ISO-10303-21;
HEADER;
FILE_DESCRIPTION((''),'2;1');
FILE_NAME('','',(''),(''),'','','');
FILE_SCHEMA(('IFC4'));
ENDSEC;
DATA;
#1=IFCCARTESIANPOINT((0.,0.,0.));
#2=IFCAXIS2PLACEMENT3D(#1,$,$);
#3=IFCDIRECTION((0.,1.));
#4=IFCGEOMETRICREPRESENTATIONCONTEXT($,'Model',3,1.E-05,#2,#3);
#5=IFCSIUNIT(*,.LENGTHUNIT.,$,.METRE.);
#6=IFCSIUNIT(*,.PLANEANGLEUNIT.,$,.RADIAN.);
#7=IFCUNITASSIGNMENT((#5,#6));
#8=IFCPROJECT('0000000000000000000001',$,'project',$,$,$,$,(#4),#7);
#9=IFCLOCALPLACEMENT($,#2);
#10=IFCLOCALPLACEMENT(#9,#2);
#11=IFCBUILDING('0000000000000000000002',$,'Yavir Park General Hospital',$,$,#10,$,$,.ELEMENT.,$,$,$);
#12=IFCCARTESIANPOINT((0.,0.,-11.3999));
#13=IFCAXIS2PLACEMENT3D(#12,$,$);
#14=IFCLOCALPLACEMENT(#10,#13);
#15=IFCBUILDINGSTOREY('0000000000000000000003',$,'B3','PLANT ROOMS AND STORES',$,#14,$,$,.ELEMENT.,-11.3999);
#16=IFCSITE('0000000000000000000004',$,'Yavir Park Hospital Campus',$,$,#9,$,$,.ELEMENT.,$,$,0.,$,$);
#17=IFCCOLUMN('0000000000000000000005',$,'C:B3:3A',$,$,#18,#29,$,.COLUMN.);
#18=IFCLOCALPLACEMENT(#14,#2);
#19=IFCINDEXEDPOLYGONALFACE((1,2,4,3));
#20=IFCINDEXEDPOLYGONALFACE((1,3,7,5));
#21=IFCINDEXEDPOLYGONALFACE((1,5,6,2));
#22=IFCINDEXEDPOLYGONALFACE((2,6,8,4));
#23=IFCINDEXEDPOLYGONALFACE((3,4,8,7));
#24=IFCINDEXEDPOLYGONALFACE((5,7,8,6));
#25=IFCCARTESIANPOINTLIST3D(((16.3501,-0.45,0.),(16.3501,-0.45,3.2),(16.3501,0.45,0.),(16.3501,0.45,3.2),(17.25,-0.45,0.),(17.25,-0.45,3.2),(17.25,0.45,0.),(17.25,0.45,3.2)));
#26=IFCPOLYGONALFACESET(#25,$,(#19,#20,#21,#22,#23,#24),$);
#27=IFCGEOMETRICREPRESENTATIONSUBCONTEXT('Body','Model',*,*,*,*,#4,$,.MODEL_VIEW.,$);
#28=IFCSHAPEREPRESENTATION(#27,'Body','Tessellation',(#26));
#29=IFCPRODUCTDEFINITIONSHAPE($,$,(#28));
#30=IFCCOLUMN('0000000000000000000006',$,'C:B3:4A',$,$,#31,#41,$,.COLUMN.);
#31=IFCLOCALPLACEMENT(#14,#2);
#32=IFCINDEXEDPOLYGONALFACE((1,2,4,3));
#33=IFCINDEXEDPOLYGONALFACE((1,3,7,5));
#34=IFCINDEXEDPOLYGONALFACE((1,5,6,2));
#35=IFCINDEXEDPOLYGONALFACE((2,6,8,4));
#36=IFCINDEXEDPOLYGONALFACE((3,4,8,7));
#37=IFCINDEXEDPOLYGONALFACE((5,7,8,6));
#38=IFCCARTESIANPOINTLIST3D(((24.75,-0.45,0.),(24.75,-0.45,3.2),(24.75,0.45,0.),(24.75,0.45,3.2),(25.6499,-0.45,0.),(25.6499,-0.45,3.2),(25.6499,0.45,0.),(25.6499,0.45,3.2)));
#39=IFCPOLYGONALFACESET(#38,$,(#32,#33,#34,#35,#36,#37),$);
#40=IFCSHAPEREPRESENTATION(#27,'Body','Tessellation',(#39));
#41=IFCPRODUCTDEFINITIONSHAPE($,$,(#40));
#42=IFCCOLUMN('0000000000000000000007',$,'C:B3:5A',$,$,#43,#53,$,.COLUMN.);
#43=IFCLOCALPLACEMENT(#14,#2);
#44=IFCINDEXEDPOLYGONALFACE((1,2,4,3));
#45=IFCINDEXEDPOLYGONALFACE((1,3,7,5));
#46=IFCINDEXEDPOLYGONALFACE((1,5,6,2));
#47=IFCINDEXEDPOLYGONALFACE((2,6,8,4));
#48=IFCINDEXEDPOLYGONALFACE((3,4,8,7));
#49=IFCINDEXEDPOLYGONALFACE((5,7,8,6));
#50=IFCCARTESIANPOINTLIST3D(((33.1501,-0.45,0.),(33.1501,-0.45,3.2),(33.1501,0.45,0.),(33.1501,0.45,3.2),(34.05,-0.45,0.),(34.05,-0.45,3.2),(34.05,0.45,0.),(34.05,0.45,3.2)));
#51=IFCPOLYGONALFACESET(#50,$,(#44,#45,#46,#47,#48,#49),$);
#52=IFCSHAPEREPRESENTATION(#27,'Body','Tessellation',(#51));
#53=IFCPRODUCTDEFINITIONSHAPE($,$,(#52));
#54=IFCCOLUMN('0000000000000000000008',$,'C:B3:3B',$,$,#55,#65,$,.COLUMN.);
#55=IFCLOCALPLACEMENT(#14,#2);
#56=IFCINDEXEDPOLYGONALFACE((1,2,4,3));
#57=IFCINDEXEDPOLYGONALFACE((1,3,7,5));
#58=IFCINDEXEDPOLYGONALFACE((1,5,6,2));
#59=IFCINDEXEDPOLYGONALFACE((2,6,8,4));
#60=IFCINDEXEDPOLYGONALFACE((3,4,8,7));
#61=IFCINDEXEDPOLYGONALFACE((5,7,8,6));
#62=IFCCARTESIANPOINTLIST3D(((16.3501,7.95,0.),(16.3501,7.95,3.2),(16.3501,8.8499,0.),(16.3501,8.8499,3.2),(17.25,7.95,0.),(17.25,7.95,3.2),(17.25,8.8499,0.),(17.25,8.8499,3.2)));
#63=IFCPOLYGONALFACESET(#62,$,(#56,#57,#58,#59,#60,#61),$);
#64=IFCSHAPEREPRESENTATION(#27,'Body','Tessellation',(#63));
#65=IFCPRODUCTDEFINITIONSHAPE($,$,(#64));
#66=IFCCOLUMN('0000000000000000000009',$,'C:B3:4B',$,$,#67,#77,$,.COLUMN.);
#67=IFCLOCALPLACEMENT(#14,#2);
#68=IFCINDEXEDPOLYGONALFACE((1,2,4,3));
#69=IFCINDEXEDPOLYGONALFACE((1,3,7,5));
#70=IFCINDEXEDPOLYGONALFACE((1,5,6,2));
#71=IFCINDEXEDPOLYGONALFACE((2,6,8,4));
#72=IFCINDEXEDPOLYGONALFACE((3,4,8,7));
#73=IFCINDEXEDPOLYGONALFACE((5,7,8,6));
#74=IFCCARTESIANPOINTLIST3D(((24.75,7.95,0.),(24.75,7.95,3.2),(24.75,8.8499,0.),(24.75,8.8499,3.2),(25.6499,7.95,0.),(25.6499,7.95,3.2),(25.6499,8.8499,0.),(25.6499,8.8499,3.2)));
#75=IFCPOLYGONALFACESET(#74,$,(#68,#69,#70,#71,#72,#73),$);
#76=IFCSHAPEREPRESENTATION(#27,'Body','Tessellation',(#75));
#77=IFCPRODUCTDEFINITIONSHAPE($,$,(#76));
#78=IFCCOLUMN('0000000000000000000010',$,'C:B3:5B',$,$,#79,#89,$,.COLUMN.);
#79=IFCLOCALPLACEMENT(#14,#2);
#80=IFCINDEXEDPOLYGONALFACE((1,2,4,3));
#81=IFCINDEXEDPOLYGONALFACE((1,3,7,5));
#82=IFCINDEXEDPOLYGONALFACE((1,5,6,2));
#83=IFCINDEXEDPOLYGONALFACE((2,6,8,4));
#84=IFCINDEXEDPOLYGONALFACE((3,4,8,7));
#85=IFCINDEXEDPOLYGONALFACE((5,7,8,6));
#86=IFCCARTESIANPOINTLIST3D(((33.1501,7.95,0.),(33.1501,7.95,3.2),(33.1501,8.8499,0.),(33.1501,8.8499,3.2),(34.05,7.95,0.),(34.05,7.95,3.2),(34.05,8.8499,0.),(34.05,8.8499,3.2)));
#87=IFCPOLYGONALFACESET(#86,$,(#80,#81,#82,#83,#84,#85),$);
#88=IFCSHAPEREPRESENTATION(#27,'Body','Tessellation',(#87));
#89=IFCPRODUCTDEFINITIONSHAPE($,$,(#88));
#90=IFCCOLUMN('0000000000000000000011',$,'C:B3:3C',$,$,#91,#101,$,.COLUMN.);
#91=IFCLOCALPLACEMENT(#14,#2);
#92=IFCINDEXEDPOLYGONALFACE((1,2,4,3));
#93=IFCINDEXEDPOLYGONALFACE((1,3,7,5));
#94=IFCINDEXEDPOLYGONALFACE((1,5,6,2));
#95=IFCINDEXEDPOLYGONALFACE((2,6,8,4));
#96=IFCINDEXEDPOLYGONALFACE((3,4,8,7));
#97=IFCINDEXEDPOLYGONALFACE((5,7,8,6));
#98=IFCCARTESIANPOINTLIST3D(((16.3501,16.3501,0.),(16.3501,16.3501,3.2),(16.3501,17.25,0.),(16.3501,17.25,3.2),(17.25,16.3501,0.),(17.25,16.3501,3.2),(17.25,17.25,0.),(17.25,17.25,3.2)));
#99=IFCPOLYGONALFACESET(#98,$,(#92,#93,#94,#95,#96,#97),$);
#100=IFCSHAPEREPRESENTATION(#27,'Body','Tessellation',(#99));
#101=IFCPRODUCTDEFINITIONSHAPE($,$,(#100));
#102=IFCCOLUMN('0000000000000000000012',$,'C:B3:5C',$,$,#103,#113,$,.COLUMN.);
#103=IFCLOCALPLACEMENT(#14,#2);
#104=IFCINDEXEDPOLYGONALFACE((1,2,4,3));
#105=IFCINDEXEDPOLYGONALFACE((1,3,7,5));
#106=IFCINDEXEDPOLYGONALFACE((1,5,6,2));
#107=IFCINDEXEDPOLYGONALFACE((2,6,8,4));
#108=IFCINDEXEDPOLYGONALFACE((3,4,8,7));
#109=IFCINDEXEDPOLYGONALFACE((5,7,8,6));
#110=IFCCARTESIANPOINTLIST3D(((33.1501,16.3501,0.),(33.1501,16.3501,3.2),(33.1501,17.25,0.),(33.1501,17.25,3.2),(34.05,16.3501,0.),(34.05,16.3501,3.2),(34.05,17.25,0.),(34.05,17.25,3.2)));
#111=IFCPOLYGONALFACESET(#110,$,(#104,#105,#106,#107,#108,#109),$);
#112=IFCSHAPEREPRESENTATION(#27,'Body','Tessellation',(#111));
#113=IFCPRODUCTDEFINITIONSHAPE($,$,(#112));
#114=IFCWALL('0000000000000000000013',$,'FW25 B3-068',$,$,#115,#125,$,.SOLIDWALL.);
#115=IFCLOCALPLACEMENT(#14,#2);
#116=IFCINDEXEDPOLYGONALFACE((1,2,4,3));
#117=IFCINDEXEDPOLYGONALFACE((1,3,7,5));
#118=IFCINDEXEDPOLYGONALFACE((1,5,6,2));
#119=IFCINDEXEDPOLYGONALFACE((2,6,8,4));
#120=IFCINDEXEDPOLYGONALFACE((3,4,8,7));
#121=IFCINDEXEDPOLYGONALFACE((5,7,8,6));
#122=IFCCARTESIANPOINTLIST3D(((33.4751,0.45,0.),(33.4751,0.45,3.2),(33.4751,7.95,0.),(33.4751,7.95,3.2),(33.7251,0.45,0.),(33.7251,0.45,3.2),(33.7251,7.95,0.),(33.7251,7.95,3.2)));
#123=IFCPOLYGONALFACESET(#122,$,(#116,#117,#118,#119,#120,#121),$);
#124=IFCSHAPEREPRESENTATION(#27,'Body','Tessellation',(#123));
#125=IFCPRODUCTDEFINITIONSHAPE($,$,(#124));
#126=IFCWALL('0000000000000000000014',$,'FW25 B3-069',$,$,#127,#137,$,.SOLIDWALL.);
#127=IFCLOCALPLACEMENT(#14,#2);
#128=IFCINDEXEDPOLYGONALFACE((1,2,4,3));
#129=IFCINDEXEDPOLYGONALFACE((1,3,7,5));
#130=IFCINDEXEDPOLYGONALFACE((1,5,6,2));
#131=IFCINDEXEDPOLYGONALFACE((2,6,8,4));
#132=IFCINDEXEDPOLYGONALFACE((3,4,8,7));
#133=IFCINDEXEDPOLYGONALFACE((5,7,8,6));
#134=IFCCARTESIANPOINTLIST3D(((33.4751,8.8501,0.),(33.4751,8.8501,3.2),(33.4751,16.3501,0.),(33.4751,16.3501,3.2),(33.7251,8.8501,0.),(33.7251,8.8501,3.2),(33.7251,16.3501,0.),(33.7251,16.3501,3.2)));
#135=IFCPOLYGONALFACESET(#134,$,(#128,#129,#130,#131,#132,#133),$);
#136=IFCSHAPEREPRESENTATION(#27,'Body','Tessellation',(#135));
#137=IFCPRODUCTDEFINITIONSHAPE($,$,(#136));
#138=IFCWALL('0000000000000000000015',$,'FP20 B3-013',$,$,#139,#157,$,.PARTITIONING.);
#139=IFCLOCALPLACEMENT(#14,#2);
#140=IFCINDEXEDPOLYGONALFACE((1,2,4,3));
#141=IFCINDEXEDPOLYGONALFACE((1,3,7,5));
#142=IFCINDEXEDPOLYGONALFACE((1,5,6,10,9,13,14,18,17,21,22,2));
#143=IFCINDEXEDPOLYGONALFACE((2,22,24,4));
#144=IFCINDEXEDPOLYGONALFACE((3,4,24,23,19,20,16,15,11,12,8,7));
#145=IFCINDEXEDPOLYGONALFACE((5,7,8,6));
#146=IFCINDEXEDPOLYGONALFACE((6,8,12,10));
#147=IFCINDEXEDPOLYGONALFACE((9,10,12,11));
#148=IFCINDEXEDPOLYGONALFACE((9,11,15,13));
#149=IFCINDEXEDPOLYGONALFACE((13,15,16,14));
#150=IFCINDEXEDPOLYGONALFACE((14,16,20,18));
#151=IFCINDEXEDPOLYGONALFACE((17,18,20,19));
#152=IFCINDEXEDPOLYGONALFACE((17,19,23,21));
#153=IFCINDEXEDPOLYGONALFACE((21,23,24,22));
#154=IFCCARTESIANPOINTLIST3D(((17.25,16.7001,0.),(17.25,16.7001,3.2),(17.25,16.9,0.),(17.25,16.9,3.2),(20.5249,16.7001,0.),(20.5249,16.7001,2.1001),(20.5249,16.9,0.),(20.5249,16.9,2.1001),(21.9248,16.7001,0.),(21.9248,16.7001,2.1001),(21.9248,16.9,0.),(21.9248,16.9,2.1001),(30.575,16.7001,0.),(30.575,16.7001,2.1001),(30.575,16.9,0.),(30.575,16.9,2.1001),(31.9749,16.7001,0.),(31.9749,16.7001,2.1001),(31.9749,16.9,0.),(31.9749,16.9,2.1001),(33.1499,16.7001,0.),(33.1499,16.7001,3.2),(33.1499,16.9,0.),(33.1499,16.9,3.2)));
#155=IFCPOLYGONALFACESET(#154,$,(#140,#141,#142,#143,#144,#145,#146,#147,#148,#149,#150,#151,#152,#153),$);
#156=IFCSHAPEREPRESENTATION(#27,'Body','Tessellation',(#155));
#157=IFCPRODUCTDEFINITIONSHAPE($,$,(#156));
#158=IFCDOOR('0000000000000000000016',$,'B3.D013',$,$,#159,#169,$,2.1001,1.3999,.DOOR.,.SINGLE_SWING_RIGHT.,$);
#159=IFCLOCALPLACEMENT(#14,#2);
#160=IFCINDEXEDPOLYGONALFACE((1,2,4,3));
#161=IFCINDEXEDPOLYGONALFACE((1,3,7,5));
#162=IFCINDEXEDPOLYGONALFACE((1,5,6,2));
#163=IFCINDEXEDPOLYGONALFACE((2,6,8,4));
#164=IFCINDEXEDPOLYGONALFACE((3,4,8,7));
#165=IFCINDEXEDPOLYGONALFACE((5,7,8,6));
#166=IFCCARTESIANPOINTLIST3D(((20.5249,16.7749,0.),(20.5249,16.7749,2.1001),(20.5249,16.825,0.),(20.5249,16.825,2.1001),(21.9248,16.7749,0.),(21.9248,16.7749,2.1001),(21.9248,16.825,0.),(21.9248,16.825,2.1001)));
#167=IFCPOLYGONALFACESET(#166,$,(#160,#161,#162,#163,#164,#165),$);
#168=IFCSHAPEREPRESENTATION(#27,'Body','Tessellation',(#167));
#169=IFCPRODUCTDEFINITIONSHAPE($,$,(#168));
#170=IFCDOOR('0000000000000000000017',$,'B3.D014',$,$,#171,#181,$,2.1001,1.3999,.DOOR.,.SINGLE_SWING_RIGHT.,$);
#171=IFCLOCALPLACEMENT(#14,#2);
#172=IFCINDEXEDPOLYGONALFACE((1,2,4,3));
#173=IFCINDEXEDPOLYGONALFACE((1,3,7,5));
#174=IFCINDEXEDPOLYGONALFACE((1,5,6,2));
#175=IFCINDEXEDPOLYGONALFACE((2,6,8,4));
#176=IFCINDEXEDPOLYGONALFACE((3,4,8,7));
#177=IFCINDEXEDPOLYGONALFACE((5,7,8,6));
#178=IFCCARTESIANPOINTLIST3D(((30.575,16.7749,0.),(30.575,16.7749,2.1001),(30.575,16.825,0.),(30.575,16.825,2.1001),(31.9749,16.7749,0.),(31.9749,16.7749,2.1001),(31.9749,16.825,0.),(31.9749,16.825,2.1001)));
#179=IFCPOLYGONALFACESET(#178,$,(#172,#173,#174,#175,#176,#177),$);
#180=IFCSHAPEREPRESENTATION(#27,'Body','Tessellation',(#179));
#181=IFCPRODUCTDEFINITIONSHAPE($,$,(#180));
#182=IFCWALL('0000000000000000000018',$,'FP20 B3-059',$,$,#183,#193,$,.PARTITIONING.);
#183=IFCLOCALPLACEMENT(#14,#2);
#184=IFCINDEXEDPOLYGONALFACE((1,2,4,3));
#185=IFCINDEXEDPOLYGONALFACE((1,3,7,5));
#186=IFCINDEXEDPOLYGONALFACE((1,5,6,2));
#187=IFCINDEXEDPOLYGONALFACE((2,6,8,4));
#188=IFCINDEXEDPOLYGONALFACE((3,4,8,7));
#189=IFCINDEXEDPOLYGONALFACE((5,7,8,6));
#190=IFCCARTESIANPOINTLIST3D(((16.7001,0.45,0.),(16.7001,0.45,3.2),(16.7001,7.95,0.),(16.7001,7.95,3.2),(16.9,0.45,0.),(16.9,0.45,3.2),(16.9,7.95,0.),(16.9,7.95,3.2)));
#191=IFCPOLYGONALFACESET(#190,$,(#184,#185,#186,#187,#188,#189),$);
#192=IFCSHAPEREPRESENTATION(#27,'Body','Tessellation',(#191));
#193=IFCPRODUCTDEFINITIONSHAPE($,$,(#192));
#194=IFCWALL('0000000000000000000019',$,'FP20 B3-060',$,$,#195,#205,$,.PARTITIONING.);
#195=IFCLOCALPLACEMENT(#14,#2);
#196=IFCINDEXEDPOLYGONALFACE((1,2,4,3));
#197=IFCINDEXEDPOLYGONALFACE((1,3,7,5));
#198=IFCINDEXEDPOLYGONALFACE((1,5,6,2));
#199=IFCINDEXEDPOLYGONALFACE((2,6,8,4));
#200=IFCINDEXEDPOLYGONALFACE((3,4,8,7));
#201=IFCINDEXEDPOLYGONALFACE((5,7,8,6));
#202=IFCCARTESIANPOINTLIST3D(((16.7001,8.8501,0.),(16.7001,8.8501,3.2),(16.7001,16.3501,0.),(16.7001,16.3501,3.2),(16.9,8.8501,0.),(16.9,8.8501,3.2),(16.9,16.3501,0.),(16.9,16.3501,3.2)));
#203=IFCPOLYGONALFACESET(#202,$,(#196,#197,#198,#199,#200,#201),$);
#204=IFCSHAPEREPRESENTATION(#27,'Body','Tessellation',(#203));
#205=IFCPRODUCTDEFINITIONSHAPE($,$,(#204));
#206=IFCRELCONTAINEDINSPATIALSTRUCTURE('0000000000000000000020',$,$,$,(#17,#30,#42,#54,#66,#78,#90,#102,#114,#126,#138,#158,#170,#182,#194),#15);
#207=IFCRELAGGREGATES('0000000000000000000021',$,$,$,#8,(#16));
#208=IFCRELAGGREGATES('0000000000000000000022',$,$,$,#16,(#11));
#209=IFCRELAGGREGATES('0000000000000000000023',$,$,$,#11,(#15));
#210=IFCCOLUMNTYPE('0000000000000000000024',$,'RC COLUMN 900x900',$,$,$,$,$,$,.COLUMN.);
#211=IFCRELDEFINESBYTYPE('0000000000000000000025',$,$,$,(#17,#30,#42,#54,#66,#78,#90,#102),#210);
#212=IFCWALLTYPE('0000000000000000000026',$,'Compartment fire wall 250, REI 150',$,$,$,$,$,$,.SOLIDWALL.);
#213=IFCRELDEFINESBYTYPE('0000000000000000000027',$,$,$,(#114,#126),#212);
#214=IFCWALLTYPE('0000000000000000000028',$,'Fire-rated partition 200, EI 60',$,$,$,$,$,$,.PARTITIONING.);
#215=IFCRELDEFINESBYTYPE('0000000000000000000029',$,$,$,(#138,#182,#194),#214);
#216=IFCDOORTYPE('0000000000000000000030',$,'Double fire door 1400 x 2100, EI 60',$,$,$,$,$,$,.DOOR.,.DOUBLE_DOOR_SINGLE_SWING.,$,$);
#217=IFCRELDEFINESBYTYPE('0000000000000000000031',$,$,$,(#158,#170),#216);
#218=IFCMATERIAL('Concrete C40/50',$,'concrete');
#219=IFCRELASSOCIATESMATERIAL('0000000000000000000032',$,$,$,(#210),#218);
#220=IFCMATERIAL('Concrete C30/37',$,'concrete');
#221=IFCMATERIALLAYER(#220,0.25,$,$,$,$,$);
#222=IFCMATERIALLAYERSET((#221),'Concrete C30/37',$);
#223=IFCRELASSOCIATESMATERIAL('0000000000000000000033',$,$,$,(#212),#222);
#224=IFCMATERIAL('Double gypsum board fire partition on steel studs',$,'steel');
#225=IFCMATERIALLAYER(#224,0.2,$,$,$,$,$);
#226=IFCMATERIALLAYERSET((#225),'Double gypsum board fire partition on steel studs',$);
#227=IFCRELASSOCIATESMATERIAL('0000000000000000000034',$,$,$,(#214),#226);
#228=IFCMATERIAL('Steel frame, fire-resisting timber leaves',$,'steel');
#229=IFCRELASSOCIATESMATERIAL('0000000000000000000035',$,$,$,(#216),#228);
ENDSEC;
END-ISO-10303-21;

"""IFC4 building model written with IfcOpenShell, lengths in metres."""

from ifc_helpers import new_model, si_unit, direction, frame, frame_2d, origin, origin_2d, place, context, subcontext, project, spatial, rectangle, extrude, material, layer, layer_set, material_profile, profile_set, type_object, element, fill, save


model = new_model("IFC4")

# Units and contexts
model_context = context("Model", 3, precision=1e-05, world=origin(), true_north=direction((0.0, 1.0)))
body_context = subcontext(model_context, "Body", "Model", "MODEL_VIEW")
ifc_project = project(units=[si_unit("LENGTHUNIT", "METRE"), si_unit("PLANEANGLEUNIT", "RADIAN")], contexts=[model_context])

# Site, building, storey
site_placement = place(None, origin())
site = spatial("IfcSite", under=ifc_project, at=site_placement, Name="Yavir Park Hospital Campus", CompositionType="ELEMENT", RefElevation=0.0)
building_placement = place(site_placement, origin())
building = spatial("IfcBuilding", under=site, at=building_placement, Name="Yavir Park General Hospital", CompositionType="ELEMENT")
storey_placement = place(building_placement, frame((0.0, 0.0, -11.3999)))
storey = spatial("IfcBuildingStorey", under=building, at=storey_placement, Name="B3", Description="PLANT ROOMS AND STORES", CompositionType="ELEMENT", Elevation=-11.3999)

# Columns
ifc_material_1 = material(Name="Concrete C40/50", Category="concrete")
ifc_material_profile = material_profile(ifc_material_1, rectangle(XDim=0.8999, YDim=0.8999, at=origin_2d()), Name="RC900x900")
ifc_profile_set = profile_set([ifc_material_profile], Name="Concrete C40/50")
column_type = type_object("IfcColumnType", Name="RC COLUMN 900x900", PredefinedType="COLUMN", material=ifc_profile_set)
for number, where, z_axis, x_axis, name in (
    (1, (16.8, 0.0, 0.0), (0.0, 0.0, 1.0), (1.0, 0.0, 0.0), "C:B3:3A"),
    (2, (25.2, 0.0, 0.0), (0.0, 0.0, 1.0), (1.0, 0.0, 0.0), "C:B3:4A"),
    (3, (33.6001, 0.0, 0.0), (0.0, 0.0, 1.0), (1.0, 0.0, 0.0), "C:B3:5A"),
    (4, (16.8, 8.3999, 0.0), (0.0, 0.0, 1.0), (1.0, 0.0, 0.0), "C:B3:3B"),
    (5, (25.2, 8.3999, 0.0), (0.0, 0.0, 1.0), (1.0, 0.0, 0.0), "C:B3:4B"),
    (6, (33.6001, 8.3999, 0.0), (0.0, 0.0, 1.0), (1.0, 0.0, 0.0), "C:B3:5B"),
    (7, (16.8, 16.8, 0.0), (0.0, 0.0, 1.0), (1.0, 0.0, 0.0), "C:B3:3C"),
    (8, (33.6001, 16.8, 0.0), (0.0, 0.0, 1.0), (1.0, 0.0, 0.0), "C:B3:5C"),
):
    element("IfcColumn", number, at=place(storey_placement, frame(where, z_axis=z_axis, x_axis=x_axis)), inside=storey, type_object=column_type, Name=name, PredefinedType="COLUMN", context=body_context, shape_type="SweptSolid", body=[
        extrude(rectangle(XDim=0.8999, YDim=0.8999, at=origin_2d()), origin(), (0.0, 0.0, 1.0), 3.2),
    ])

# Walls
ifc_material_2 = material(Name="Concrete C30/37", Category="concrete")
ifc_layer_1 = layer(ifc_material_2, 0.25)
ifc_layer_set_1 = layer_set([ifc_layer_1], Name="Concrete C30/37")
wall_type_1 = type_object("IfcWallType", Name="Compartment fire wall 250, REI 150", PredefinedType="SOLIDWALL", material=ifc_layer_set_1)
for number, where, z_axis, x_axis, name in (
    (9, (33.6001, 0.45, 0.0), (0.0, 0.0, 1.0), (0.0, 1.0, 0.0), "FW25 B3-068"),
    (10, (33.6001, 8.8501, 0.0), (0.0, 0.0, 1.0), (0.0, 1.0, 0.0), "FW25 B3-069"),
):
    element("IfcWall", number, at=place(storey_placement, frame(where, z_axis=z_axis, x_axis=x_axis)), inside=storey, type_object=wall_type_1, Name=name, PredefinedType="SOLIDWALL", context=body_context, shape_type="SweptSolid", body=[
        extrude(rectangle(XDim=7.5, YDim=0.25, at=frame_2d((3.75, 0.0))), origin(), (0.0, 0.0, 1.0), 3.2),
    ])

# Wall, openings, doors
ifc_material_3 = material(Name="Double gypsum board fire partition on steel studs", Category="steel")
ifc_layer_2 = layer(ifc_material_3, 0.2)
ifc_layer_set_2 = layer_set([ifc_layer_2], Name="Double gypsum board fire partition on steel studs")
wall_type_2 = type_object("IfcWallType", Name="Fire-rated partition 200, EI 60", PredefinedType="PARTITIONING", material=ifc_layer_set_2)
wall_1_placement = place(storey_placement, frame((17.25, 16.8, 0.0), z_axis=(0.0, 0.0, 1.0), x_axis=(1.0, 0.0, 0.0)))
wall_1 = element("IfcWall", 11, at=wall_1_placement, inside=storey, type_object=wall_type_2, Name="FP20 B3-013", PredefinedType="PARTITIONING", context=body_context, shape_type="SweptSolid", body=[
    extrude(rectangle(XDim=15.8999, YDim=0.2, at=frame_2d((7.95, 0.0))), origin(), (0.0, 0.0, 1.0), 3.2),
])
opening_1_placement = place(wall_1_placement, frame((3.2749, 0.0, 0.0)))
opening_1 = element("IfcOpeningElement", 12, at=opening_1_placement, cuts=wall_1, PredefinedType="OPENING", context=body_context, shape_type="SweptSolid", body=[
    extrude(rectangle(XDim=1.3999, YDim=2.1001, at=frame_2d((0.7, 1.05))), frame((0.0, 0.1099, 0.0), z_axis=(0.0, -1.0, 0.0), x_axis=(1.0, 0.0, 0.0)), (0.0, 0.0, 1.0), 0.22),
])
opening_2_placement = place(wall_1_placement, frame((13.325, 0.0, 0.0)))
opening_2 = element("IfcOpeningElement", 13, at=opening_2_placement, cuts=wall_1, PredefinedType="OPENING", context=body_context, shape_type="SweptSolid", body=[
    extrude(rectangle(XDim=1.3999, YDim=2.1001, at=frame_2d((0.7, 1.05))), frame((0.0, 0.1099, 0.0), z_axis=(0.0, -1.0, 0.0), x_axis=(1.0, 0.0, 0.0)), (0.0, 0.0, 1.0), 0.22),
])
ifc_material_4 = material(Name="Steel frame, fire-resisting timber leaves", Category="steel")
door_type = type_object("IfcDoorType", Name="Double fire door 1400 x 2100, EI 60", OperationType="DOUBLE_DOOR_SINGLE_SWING", PredefinedType="DOOR", material=ifc_material_4)
door_1_placement = place(opening_1_placement, origin())
door_1 = element("IfcDoor", 14, at=door_1_placement, inside=storey, type_object=door_type, Name="B3.D013", OperationType="SINGLE_SWING_RIGHT", OverallHeight=2.1001, OverallWidth=1.3999, PredefinedType="DOOR", context=body_context, shape_type="SweptSolid", body=[
    extrude(rectangle(XDim=1.3999, YDim=2.1001, at=frame_2d((0.7, 1.05))), frame((0.0, 0.0249, 0.0), z_axis=(0.0, -1.0, 0.0), x_axis=(1.0, 0.0, 0.0)), (0.0, 0.0, 1.0), 0.05),
])
fill(opening_1, door_1)
door_2_placement = place(opening_2_placement, origin())
door_2 = element("IfcDoor", 15, at=door_2_placement, inside=storey, type_object=door_type, Name="B3.D014", OperationType="SINGLE_SWING_RIGHT", OverallHeight=2.1001, OverallWidth=1.3999, PredefinedType="DOOR", context=body_context, shape_type="SweptSolid", body=[
    extrude(rectangle(XDim=1.3999, YDim=2.1001, at=frame_2d((0.7, 1.05))), frame((0.0, 0.0249, 0.0), z_axis=(0.0, -1.0, 0.0), x_axis=(1.0, 0.0, 0.0)), (0.0, 0.0, 1.0), 0.05),
])
fill(opening_2, door_2)

# Walls
for number, where, z_axis, x_axis, name in (
    (16, (16.8, 0.45, 0.0), (0.0, 0.0, 1.0), (0.0, 1.0, 0.0), "FP20 B3-059"),
    (17, (16.8, 8.8501, 0.0), (0.0, 0.0, 1.0), (0.0, 1.0, 0.0), "FP20 B3-060"),
):
    element("IfcWall", number, at=place(storey_placement, frame(where, z_axis=z_axis, x_axis=x_axis)), inside=storey, type_object=wall_type_2, Name=name, PredefinedType="PARTITIONING", context=body_context, shape_type="SweptSolid", body=[
        extrude(rectangle(XDim=7.5, YDim=0.2, at=frame_2d((3.75, 0.0))), origin(), (0.0, 0.0, 1.0), 3.2),
    ])

save(model, "model.ifc")
